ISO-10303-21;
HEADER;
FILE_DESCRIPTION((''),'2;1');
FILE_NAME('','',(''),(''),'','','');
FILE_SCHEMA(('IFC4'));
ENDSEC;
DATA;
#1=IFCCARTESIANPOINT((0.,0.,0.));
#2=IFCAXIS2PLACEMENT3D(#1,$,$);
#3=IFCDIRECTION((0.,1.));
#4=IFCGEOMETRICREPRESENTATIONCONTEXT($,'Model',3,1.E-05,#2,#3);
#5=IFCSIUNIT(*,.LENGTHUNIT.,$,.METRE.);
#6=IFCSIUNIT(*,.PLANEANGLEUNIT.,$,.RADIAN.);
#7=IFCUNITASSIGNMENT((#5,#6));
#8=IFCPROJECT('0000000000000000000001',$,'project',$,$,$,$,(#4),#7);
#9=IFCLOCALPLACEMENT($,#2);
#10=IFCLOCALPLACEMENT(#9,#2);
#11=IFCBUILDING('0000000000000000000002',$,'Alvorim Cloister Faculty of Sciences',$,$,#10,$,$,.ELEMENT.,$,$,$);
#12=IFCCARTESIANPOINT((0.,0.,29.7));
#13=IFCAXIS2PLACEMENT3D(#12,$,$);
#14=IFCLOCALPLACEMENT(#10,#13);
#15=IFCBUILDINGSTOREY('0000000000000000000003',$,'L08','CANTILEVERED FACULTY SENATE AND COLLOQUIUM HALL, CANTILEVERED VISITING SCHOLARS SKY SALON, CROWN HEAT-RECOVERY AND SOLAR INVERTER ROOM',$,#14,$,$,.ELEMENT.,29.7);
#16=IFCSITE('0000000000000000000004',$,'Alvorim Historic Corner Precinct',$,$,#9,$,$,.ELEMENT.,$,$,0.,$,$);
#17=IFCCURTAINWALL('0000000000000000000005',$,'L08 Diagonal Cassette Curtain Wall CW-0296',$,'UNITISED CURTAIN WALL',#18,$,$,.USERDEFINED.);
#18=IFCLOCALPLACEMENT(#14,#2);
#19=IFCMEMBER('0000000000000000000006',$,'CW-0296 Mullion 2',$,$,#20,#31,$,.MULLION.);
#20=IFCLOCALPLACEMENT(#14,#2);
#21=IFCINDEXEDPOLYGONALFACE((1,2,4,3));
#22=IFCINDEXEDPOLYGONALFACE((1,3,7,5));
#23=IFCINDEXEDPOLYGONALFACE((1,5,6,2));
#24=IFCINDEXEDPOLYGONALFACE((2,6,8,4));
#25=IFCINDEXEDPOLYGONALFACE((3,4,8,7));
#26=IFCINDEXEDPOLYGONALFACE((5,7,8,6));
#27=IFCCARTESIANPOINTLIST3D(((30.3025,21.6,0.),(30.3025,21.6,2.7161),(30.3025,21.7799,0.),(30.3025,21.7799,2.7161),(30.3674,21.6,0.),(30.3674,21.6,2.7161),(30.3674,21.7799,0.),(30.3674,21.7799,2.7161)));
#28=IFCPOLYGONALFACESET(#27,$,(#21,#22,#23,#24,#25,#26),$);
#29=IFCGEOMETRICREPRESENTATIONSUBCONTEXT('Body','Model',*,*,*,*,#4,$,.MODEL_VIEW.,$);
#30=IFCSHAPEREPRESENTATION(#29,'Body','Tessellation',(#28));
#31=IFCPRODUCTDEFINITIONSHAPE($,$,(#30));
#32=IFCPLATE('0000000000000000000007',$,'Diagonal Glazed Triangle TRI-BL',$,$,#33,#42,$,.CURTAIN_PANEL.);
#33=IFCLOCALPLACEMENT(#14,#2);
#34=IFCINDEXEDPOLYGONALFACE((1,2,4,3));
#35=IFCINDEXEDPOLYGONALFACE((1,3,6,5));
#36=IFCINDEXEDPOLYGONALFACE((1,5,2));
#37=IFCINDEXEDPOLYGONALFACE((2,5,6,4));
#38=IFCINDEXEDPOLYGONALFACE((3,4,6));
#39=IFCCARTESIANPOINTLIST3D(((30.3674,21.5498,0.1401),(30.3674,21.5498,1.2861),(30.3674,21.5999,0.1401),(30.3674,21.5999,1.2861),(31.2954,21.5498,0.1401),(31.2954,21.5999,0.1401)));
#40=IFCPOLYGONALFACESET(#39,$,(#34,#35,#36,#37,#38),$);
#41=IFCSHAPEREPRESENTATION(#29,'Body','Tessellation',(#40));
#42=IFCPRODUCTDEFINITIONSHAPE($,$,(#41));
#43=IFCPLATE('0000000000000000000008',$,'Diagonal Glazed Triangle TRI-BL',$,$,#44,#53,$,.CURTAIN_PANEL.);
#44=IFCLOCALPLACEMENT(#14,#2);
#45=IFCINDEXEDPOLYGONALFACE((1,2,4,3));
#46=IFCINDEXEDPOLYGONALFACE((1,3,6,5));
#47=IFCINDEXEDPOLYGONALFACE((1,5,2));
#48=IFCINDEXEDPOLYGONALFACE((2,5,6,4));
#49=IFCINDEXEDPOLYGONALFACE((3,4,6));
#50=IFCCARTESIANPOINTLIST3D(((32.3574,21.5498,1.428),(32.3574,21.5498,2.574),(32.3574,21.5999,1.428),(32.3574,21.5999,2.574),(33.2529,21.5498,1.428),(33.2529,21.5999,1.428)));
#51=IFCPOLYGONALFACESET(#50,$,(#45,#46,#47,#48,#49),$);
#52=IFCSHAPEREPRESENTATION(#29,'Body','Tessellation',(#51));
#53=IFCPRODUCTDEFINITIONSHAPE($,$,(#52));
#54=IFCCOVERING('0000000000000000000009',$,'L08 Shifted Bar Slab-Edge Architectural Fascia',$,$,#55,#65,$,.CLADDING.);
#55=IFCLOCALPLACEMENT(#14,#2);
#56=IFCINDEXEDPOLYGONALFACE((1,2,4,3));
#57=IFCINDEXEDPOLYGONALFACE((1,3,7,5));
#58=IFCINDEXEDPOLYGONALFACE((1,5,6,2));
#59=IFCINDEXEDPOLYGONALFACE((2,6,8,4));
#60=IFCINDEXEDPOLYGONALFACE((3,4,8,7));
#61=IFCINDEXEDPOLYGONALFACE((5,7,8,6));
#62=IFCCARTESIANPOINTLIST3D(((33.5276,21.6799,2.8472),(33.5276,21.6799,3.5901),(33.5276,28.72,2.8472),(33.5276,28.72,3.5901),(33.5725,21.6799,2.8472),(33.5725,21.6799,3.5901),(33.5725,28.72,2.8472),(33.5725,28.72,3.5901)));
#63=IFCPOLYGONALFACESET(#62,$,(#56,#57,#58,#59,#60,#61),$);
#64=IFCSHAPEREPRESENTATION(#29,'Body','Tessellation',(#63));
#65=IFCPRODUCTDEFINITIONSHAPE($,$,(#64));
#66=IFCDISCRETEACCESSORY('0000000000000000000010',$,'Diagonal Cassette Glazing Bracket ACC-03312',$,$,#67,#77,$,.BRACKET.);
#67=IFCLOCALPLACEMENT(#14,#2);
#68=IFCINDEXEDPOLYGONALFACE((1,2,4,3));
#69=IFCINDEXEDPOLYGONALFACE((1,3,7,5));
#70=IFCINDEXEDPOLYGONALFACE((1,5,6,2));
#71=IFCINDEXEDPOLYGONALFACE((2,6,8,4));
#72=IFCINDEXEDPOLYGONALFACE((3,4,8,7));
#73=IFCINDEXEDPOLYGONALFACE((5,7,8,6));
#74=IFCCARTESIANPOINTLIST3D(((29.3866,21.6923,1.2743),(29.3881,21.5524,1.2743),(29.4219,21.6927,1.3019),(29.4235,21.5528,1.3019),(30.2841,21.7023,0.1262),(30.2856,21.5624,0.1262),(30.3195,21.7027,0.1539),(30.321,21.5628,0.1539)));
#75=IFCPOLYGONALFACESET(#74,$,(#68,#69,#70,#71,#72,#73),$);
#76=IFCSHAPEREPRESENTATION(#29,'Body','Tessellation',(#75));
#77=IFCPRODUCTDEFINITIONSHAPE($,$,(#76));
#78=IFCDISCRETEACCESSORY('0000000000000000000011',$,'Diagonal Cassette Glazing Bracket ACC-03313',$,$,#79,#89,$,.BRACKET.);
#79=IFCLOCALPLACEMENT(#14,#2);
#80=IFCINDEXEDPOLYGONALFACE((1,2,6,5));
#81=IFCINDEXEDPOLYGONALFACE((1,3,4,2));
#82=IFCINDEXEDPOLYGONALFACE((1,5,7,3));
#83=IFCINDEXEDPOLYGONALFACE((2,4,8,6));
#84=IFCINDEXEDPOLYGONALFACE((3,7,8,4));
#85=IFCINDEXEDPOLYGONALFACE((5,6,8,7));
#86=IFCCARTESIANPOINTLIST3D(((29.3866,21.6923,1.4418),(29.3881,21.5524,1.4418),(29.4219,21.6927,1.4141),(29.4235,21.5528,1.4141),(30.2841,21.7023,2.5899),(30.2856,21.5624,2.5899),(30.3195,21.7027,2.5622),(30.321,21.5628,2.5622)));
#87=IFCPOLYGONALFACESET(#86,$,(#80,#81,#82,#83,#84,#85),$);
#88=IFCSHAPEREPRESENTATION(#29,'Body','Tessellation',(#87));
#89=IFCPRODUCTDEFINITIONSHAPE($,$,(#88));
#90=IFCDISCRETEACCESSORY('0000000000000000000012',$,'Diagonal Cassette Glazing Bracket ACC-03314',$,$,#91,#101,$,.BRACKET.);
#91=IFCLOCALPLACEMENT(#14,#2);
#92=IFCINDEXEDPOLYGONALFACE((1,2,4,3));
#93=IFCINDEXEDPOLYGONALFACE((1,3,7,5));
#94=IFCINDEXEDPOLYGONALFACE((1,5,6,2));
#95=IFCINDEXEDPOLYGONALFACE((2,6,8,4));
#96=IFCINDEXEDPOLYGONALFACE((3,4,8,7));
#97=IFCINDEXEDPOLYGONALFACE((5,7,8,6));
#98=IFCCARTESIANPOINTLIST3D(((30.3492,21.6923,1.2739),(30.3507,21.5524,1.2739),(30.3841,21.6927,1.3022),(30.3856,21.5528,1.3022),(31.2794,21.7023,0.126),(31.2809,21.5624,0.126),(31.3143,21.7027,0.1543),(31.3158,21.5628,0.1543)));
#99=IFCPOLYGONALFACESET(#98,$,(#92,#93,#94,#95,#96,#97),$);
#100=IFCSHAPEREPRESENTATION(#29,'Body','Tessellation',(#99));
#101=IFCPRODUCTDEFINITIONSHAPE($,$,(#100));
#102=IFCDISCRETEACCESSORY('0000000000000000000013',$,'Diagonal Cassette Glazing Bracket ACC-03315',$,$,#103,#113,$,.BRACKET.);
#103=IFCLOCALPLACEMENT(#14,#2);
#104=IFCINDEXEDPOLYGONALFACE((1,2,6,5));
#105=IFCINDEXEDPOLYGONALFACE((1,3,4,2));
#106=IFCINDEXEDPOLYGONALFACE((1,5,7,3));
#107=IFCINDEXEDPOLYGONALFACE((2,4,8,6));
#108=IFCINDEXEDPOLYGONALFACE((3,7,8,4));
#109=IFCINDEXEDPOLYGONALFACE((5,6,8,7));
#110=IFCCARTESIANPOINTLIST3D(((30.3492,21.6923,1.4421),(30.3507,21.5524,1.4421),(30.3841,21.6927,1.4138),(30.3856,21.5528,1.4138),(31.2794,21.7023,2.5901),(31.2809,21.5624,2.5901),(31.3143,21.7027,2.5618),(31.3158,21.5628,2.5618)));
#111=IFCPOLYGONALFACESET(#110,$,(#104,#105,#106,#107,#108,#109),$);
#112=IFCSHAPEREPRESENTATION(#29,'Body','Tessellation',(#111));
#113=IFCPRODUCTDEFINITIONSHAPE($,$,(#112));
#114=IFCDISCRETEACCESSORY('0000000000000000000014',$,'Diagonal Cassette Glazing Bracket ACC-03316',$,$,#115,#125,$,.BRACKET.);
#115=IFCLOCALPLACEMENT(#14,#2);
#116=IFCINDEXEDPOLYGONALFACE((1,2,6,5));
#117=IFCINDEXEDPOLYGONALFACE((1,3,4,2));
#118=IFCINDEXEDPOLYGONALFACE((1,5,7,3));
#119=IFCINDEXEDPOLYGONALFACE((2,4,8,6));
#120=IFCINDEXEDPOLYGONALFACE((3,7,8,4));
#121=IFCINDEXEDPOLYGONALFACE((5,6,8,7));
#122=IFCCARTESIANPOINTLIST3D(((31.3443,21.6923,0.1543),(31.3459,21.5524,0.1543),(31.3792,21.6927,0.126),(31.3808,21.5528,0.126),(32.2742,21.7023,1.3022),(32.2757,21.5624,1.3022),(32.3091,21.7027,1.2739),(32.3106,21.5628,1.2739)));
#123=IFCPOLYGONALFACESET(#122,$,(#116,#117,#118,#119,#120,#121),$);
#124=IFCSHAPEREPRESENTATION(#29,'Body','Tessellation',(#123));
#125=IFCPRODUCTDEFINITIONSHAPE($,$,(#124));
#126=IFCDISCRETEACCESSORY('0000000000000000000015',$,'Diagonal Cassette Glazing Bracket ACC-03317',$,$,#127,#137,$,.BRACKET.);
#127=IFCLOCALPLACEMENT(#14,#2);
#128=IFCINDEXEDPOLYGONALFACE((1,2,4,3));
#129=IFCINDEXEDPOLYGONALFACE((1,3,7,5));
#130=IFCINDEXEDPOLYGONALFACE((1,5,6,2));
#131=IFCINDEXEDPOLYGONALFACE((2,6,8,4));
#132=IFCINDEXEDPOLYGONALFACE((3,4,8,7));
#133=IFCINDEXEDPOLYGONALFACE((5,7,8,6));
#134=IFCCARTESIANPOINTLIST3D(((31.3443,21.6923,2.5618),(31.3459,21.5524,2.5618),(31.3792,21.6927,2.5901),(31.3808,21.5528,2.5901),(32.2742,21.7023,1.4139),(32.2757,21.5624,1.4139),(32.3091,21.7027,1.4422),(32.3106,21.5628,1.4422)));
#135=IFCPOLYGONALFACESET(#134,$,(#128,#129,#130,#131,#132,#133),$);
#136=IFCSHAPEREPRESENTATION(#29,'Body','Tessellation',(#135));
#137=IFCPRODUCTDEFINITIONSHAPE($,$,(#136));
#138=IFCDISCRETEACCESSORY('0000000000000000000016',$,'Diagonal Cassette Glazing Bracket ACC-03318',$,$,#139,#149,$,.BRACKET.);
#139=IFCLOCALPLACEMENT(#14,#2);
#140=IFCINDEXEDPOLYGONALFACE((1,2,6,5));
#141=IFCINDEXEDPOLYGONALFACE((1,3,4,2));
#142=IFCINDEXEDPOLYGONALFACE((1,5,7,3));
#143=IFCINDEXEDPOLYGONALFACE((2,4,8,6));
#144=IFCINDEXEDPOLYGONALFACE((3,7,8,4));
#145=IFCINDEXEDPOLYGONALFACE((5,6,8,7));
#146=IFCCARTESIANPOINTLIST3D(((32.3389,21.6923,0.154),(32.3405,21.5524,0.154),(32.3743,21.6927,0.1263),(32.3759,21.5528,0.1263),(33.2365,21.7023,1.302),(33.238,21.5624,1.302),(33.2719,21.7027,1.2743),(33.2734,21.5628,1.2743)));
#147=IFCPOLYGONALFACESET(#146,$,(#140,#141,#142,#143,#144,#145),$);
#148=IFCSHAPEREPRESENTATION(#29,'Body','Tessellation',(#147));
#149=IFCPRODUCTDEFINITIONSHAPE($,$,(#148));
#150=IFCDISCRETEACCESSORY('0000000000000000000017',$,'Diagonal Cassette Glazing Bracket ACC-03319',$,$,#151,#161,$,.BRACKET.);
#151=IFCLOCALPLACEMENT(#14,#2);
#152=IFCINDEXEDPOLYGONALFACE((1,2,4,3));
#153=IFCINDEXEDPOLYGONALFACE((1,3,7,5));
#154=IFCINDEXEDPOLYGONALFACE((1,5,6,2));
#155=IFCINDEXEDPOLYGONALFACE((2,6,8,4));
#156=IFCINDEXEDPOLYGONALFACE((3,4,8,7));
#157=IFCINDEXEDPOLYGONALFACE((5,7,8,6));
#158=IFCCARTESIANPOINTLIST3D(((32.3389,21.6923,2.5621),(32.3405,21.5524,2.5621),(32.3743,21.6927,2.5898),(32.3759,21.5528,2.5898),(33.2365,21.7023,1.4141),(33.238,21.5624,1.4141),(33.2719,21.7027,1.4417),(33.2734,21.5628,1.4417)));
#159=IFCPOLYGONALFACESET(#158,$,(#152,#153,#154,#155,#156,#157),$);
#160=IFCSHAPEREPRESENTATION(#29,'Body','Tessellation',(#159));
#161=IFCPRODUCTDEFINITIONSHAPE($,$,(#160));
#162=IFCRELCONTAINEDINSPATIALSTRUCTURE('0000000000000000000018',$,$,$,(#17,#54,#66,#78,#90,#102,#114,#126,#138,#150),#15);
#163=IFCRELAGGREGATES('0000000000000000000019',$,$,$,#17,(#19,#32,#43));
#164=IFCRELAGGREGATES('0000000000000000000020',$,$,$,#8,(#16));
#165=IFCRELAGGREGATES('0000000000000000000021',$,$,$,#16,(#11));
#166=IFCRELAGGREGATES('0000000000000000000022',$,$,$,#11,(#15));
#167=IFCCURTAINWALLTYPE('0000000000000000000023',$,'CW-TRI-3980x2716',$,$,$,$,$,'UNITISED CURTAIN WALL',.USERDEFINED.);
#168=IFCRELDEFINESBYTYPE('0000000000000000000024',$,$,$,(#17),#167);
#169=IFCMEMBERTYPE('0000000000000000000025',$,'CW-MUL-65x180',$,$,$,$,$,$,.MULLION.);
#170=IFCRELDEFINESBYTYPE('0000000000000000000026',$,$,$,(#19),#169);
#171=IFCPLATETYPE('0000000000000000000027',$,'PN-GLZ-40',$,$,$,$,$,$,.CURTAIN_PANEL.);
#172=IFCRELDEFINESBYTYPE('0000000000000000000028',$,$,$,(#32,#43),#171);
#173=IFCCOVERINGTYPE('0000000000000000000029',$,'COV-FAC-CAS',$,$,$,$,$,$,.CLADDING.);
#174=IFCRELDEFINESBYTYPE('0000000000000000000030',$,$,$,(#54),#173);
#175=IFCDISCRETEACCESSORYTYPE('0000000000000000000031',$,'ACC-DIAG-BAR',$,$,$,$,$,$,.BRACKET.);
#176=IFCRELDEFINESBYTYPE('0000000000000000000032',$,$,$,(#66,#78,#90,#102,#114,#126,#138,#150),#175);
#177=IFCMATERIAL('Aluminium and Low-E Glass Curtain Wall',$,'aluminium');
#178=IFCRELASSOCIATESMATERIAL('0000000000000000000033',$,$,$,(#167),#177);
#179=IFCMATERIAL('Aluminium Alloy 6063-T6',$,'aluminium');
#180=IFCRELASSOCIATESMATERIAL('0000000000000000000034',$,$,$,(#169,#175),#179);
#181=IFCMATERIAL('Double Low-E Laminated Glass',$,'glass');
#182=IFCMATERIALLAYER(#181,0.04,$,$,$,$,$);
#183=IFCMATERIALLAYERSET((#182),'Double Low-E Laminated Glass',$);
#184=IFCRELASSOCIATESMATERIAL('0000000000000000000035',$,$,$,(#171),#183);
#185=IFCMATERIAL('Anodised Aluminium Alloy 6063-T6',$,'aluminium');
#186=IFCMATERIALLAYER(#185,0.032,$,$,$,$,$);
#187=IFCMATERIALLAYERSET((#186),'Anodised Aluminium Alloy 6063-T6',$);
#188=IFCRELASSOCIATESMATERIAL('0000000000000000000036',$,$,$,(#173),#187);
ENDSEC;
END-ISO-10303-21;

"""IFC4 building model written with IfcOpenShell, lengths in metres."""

from ifc_helpers import new_model, si_unit, direction, frame, origin, origin_2d, place, context, subcontext, project, spatial, polyline, rectangle, outline, extrude, material, layer, layer_set, material_profile, profile_set, type_object, element, aggregate, save


model = new_model("IFC4")

# Units and contexts
model_context = context("Model", 3, precision=1e-05, world=origin(), true_north=direction((0.0, 1.0)))
body_context = subcontext(model_context, "Body", "Model", "MODEL_VIEW")
ifc_project = project(units=[si_unit("LENGTHUNIT", "METRE"), si_unit("PLANEANGLEUNIT", "RADIAN")], contexts=[model_context])

# Site, building, storey
site_placement = place(None, origin())
site = spatial("IfcSite", under=ifc_project, at=site_placement, Name="Alvorim Historic Corner Precinct", CompositionType="ELEMENT", RefElevation=0.0)
building_placement = place(site_placement, origin())
building = spatial("IfcBuilding", under=site, at=building_placement, Name="Alvorim Cloister Faculty of Sciences", CompositionType="ELEMENT")
storey_placement = place(building_placement, frame((0.0, 0.0, 29.7)))
storey = spatial("IfcBuildingStorey", under=building, at=storey_placement, Name="L08", Description="CANTILEVERED FACULTY SENATE AND COLLOQUIUM HALL, CANTILEVERED VISITING SCHOLARS SKY SALON, CROWN HEAT-RECOVERY AND SOLAR INVERTER ROOM", CompositionType="ELEMENT", Elevation=29.7)

# Curtain wall, member, plates
ifc_material_1 = material(Name="Aluminium and Low-E Glass Curtain Wall", Category="aluminium")
curtain_wall_type = type_object("IfcCurtainWallType", Name="CW-TRI-3980x2716", ElementType="UNITISED CURTAIN WALL", PredefinedType="USERDEFINED", material=ifc_material_1)
curtain_wall_placement = place(storey_placement, origin())
curtain_wall = element("IfcCurtainWall", 1, at=curtain_wall_placement, inside=storey, type_object=curtain_wall_type, Name="L08 Diagonal Cassette Curtain Wall CW-0296", ObjectType="UNITISED CURTAIN WALL", PredefinedType="USERDEFINED")
ifc_material_2 = material(Name="Aluminium Alloy 6063-T6", Category="aluminium")
ifc_material_profile = material_profile(ifc_material_2, rectangle(XDim=0.0649, YDim=0.1799, at=origin_2d()), Name="ALU-MUL-65x180")
ifc_profile_set = profile_set([ifc_material_profile], Name="Aluminium Alloy 6063-T6")
member_type = type_object("IfcMemberType", Name="CW-MUL-65x180", PredefinedType="MULLION", material=ifc_profile_set)
member_placement = place(storey_placement, frame((30.335, 21.6899, 0.0), z_axis=(0.0, 0.0, 1.0), x_axis=(1.0, 0.0, 0.0)))
member = element("IfcMember", 2, at=member_placement, type_object=member_type, Name="CW-0296 Mullion 2", PredefinedType="MULLION", context=body_context, shape_type="SweptSolid", body=[
    extrude(rectangle(XDim=0.0649, YDim=0.1799, at=origin_2d()), origin(), (0.0, 0.0, 1.0), 2.7161),
])
ifc_material_3 = material(Name="Double Low-E Laminated Glass", Category="glass")
ifc_layer_1 = layer(ifc_material_3, 0.04)
ifc_layer_set_1 = layer_set([ifc_layer_1], Name="Double Low-E Laminated Glass")
plate_type = type_object("IfcPlateType", Name="PN-GLZ-40", PredefinedType="CURTAIN_PANEL", material=ifc_layer_set_1)
plate_1_placement = place(storey_placement, frame((30.3674, 21.575, 0.1401), z_axis=(0.0, 0.0, 1.0), x_axis=(1.0, 0.0, 0.0)))
plate_1 = element("IfcPlate", 3, at=plate_1_placement, type_object=plate_type, Name="Diagonal Glazed Triangle TRI-BL", PredefinedType="CURTAIN_PANEL", context=body_context, shape_type="SweptSolid", body=[
    extrude(outline(polyline([(0.0, 0.0), (0.928, 0.0), (0.0, 1.146), (0.0, 0.0)])), frame((0.0, 0.0249, 0.0), z_axis=(0.0, -1.0, 0.0), x_axis=(1.0, 0.0, 0.0)), (0.0, 0.0, 1.0), 0.05),
])
plate_2_placement = place(storey_placement, frame((32.3574, 21.575, 1.428), z_axis=(0.0, 0.0, 1.0), x_axis=(1.0, 0.0, 0.0)))
plate_2 = element("IfcPlate", 4, at=plate_2_placement, type_object=plate_type, Name="Diagonal Glazed Triangle TRI-BL", PredefinedType="CURTAIN_PANEL", context=body_context, shape_type="SweptSolid", body=[
    extrude(outline(polyline([(0.0, 0.0), (0.8955, 0.0), (0.0, 1.146), (0.0, 0.0)])), frame((0.0, 0.0249, 0.0), z_axis=(0.0, -1.0, 0.0), x_axis=(1.0, 0.0, 0.0)), (0.0, 0.0, 1.0), 0.05),
])
aggregate(curtain_wall, [member, plate_1, plate_2])

# Covering
ifc_material_4 = material(Name="Anodised Aluminium Alloy 6063-T6", Category="aluminium")
ifc_layer_2 = layer(ifc_material_4, 0.032)
ifc_layer_set_2 = layer_set([ifc_layer_2], Name="Anodised Aluminium Alloy 6063-T6")
covering_type = type_object("IfcCoveringType", Name="COV-FAC-CAS", PredefinedType="CLADDING", material=ifc_layer_set_2)
covering_placement = place(storey_placement, frame((33.55, 21.6799, 2.8472), z_axis=(0.0, 0.0, 1.0), x_axis=(0.0, 1.0, 0.0)))
element("IfcCovering", 5, at=covering_placement, inside=storey, type_object=covering_type, Name="L08 Shifted Bar Slab-Edge Architectural Fascia", PredefinedType="CLADDING", context=body_context, shape_type="SweptSolid", body=[
    extrude(outline(polyline([(0.0, 0.0), (7.04, 0.0), (7.04, 0.7429), (0.0, 0.7429), (0.0, 0.0)])), frame((0.0, 0.0225, 0.0), z_axis=(0.0, -1.0, 0.0), x_axis=(1.0, 0.0, 0.0)), (0.0, 0.0, 1.0), 0.0449),
])

# Discrete accessories
discrete_accessory_type = type_object("IfcDiscreteAccessoryType", Name="ACC-DIAG-BAR", PredefinedType="BRACKET", material=ifc_material_2)
for number, where, z_axis, x_axis, name in (
    (6, (29.405, 21.6226, 1.2881), (0.615896, 0.006869, -0.787797), (-0.011153, 0.999938, 0.0), "Diagonal Cassette Glazing Bracket ACC-03312"),
    (7, (29.405, 21.6226, 1.428), (0.615896, 0.006869, 0.787797), (-0.011153, 0.999938, 0.0), "Diagonal Cassette Glazing Bracket ACC-03313"),
):
    element("IfcDiscreteAccessory", number, at=place(storey_placement, frame(where, z_axis=z_axis, x_axis=x_axis)), inside=storey, type_object=discrete_accessory_type, Name=name, PredefinedType="BRACKET", context=body_context, shape_type="SweptSolid", body=[
        extrude(rectangle(XDim=0.1399, YDim=0.0449, at=origin_2d()), origin(), (0.0, 0.0, 1.0), 1.4573),
    ])
for number, where, z_axis, x_axis, name in (
    (8, (30.3674, 21.6226, 1.2881), (0.629545, 0.006775, -0.776935), (-0.010761, 0.999942, 0.0), "Diagonal Cassette Glazing Bracket ACC-03314"),
    (9, (30.3674, 21.6226, 1.428), (0.629545, 0.006775, 0.776935), (-0.010761, 0.999942, 0.0), "Diagonal Cassette Glazing Bracket ACC-03315"),
):
    element("IfcDiscreteAccessory", number, at=place(storey_placement, frame(where, z_axis=z_axis, x_axis=x_axis)), inside=storey, type_object=discrete_accessory_type, Name=name, PredefinedType="BRACKET", context=body_context, shape_type="SweptSolid", body=[
        extrude(rectangle(XDim=0.1399, YDim=0.0449, at=origin_2d()), origin(), (0.0, 0.0, 1.0), 1.4775),
    ])
for number, where, z_axis, x_axis, name in (
    (10, (31.3625, 21.6226, 0.1401), (0.629445, 0.006775, 0.777015), (-0.010763, 0.999942, 0.0), "Diagonal Cassette Glazing Bracket ACC-03316"),
    (11, (31.3625, 21.6226, 2.5759), (0.629445, 0.006775, -0.777015), (-0.010763, 0.999942, 0.0), "Diagonal Cassette Glazing Bracket ACC-03317"),
):
    element("IfcDiscreteAccessory", number, at=place(storey_placement, frame(where, z_axis=z_axis, x_axis=x_axis)), inside=storey, type_object=discrete_accessory_type, Name=name, PredefinedType="BRACKET", context=body_context, shape_type="SweptSolid", body=[
        extrude(rectangle(XDim=0.1399, YDim=0.0449, at=origin_2d()), origin(), (0.0, 0.0, 1.0), 1.4773),
    ])
for number, where, z_axis, x_axis, name in (
    (12, (32.3574, 21.6226, 0.1401), (0.615896, 0.006869, 0.787797), (-0.011153, 0.999938, 0.0), "Diagonal Cassette Glazing Bracket ACC-03318"),
    (13, (32.3574, 21.6226, 2.5759), (0.615896, 0.006869, -0.787797), (-0.011153, 0.999938, 0.0), "Diagonal Cassette Glazing Bracket ACC-03319"),
):
    element("IfcDiscreteAccessory", number, at=place(storey_placement, frame(where, z_axis=z_axis, x_axis=x_axis)), inside=storey, type_object=discrete_accessory_type, Name=name, PredefinedType="BRACKET", context=body_context, shape_type="SweptSolid", body=[
        extrude(rectangle(XDim=0.1399, YDim=0.0449, at=origin_2d()), origin(), (0.0, 0.0, 1.0), 1.4573),
    ])

save(model, "model.ifc")
